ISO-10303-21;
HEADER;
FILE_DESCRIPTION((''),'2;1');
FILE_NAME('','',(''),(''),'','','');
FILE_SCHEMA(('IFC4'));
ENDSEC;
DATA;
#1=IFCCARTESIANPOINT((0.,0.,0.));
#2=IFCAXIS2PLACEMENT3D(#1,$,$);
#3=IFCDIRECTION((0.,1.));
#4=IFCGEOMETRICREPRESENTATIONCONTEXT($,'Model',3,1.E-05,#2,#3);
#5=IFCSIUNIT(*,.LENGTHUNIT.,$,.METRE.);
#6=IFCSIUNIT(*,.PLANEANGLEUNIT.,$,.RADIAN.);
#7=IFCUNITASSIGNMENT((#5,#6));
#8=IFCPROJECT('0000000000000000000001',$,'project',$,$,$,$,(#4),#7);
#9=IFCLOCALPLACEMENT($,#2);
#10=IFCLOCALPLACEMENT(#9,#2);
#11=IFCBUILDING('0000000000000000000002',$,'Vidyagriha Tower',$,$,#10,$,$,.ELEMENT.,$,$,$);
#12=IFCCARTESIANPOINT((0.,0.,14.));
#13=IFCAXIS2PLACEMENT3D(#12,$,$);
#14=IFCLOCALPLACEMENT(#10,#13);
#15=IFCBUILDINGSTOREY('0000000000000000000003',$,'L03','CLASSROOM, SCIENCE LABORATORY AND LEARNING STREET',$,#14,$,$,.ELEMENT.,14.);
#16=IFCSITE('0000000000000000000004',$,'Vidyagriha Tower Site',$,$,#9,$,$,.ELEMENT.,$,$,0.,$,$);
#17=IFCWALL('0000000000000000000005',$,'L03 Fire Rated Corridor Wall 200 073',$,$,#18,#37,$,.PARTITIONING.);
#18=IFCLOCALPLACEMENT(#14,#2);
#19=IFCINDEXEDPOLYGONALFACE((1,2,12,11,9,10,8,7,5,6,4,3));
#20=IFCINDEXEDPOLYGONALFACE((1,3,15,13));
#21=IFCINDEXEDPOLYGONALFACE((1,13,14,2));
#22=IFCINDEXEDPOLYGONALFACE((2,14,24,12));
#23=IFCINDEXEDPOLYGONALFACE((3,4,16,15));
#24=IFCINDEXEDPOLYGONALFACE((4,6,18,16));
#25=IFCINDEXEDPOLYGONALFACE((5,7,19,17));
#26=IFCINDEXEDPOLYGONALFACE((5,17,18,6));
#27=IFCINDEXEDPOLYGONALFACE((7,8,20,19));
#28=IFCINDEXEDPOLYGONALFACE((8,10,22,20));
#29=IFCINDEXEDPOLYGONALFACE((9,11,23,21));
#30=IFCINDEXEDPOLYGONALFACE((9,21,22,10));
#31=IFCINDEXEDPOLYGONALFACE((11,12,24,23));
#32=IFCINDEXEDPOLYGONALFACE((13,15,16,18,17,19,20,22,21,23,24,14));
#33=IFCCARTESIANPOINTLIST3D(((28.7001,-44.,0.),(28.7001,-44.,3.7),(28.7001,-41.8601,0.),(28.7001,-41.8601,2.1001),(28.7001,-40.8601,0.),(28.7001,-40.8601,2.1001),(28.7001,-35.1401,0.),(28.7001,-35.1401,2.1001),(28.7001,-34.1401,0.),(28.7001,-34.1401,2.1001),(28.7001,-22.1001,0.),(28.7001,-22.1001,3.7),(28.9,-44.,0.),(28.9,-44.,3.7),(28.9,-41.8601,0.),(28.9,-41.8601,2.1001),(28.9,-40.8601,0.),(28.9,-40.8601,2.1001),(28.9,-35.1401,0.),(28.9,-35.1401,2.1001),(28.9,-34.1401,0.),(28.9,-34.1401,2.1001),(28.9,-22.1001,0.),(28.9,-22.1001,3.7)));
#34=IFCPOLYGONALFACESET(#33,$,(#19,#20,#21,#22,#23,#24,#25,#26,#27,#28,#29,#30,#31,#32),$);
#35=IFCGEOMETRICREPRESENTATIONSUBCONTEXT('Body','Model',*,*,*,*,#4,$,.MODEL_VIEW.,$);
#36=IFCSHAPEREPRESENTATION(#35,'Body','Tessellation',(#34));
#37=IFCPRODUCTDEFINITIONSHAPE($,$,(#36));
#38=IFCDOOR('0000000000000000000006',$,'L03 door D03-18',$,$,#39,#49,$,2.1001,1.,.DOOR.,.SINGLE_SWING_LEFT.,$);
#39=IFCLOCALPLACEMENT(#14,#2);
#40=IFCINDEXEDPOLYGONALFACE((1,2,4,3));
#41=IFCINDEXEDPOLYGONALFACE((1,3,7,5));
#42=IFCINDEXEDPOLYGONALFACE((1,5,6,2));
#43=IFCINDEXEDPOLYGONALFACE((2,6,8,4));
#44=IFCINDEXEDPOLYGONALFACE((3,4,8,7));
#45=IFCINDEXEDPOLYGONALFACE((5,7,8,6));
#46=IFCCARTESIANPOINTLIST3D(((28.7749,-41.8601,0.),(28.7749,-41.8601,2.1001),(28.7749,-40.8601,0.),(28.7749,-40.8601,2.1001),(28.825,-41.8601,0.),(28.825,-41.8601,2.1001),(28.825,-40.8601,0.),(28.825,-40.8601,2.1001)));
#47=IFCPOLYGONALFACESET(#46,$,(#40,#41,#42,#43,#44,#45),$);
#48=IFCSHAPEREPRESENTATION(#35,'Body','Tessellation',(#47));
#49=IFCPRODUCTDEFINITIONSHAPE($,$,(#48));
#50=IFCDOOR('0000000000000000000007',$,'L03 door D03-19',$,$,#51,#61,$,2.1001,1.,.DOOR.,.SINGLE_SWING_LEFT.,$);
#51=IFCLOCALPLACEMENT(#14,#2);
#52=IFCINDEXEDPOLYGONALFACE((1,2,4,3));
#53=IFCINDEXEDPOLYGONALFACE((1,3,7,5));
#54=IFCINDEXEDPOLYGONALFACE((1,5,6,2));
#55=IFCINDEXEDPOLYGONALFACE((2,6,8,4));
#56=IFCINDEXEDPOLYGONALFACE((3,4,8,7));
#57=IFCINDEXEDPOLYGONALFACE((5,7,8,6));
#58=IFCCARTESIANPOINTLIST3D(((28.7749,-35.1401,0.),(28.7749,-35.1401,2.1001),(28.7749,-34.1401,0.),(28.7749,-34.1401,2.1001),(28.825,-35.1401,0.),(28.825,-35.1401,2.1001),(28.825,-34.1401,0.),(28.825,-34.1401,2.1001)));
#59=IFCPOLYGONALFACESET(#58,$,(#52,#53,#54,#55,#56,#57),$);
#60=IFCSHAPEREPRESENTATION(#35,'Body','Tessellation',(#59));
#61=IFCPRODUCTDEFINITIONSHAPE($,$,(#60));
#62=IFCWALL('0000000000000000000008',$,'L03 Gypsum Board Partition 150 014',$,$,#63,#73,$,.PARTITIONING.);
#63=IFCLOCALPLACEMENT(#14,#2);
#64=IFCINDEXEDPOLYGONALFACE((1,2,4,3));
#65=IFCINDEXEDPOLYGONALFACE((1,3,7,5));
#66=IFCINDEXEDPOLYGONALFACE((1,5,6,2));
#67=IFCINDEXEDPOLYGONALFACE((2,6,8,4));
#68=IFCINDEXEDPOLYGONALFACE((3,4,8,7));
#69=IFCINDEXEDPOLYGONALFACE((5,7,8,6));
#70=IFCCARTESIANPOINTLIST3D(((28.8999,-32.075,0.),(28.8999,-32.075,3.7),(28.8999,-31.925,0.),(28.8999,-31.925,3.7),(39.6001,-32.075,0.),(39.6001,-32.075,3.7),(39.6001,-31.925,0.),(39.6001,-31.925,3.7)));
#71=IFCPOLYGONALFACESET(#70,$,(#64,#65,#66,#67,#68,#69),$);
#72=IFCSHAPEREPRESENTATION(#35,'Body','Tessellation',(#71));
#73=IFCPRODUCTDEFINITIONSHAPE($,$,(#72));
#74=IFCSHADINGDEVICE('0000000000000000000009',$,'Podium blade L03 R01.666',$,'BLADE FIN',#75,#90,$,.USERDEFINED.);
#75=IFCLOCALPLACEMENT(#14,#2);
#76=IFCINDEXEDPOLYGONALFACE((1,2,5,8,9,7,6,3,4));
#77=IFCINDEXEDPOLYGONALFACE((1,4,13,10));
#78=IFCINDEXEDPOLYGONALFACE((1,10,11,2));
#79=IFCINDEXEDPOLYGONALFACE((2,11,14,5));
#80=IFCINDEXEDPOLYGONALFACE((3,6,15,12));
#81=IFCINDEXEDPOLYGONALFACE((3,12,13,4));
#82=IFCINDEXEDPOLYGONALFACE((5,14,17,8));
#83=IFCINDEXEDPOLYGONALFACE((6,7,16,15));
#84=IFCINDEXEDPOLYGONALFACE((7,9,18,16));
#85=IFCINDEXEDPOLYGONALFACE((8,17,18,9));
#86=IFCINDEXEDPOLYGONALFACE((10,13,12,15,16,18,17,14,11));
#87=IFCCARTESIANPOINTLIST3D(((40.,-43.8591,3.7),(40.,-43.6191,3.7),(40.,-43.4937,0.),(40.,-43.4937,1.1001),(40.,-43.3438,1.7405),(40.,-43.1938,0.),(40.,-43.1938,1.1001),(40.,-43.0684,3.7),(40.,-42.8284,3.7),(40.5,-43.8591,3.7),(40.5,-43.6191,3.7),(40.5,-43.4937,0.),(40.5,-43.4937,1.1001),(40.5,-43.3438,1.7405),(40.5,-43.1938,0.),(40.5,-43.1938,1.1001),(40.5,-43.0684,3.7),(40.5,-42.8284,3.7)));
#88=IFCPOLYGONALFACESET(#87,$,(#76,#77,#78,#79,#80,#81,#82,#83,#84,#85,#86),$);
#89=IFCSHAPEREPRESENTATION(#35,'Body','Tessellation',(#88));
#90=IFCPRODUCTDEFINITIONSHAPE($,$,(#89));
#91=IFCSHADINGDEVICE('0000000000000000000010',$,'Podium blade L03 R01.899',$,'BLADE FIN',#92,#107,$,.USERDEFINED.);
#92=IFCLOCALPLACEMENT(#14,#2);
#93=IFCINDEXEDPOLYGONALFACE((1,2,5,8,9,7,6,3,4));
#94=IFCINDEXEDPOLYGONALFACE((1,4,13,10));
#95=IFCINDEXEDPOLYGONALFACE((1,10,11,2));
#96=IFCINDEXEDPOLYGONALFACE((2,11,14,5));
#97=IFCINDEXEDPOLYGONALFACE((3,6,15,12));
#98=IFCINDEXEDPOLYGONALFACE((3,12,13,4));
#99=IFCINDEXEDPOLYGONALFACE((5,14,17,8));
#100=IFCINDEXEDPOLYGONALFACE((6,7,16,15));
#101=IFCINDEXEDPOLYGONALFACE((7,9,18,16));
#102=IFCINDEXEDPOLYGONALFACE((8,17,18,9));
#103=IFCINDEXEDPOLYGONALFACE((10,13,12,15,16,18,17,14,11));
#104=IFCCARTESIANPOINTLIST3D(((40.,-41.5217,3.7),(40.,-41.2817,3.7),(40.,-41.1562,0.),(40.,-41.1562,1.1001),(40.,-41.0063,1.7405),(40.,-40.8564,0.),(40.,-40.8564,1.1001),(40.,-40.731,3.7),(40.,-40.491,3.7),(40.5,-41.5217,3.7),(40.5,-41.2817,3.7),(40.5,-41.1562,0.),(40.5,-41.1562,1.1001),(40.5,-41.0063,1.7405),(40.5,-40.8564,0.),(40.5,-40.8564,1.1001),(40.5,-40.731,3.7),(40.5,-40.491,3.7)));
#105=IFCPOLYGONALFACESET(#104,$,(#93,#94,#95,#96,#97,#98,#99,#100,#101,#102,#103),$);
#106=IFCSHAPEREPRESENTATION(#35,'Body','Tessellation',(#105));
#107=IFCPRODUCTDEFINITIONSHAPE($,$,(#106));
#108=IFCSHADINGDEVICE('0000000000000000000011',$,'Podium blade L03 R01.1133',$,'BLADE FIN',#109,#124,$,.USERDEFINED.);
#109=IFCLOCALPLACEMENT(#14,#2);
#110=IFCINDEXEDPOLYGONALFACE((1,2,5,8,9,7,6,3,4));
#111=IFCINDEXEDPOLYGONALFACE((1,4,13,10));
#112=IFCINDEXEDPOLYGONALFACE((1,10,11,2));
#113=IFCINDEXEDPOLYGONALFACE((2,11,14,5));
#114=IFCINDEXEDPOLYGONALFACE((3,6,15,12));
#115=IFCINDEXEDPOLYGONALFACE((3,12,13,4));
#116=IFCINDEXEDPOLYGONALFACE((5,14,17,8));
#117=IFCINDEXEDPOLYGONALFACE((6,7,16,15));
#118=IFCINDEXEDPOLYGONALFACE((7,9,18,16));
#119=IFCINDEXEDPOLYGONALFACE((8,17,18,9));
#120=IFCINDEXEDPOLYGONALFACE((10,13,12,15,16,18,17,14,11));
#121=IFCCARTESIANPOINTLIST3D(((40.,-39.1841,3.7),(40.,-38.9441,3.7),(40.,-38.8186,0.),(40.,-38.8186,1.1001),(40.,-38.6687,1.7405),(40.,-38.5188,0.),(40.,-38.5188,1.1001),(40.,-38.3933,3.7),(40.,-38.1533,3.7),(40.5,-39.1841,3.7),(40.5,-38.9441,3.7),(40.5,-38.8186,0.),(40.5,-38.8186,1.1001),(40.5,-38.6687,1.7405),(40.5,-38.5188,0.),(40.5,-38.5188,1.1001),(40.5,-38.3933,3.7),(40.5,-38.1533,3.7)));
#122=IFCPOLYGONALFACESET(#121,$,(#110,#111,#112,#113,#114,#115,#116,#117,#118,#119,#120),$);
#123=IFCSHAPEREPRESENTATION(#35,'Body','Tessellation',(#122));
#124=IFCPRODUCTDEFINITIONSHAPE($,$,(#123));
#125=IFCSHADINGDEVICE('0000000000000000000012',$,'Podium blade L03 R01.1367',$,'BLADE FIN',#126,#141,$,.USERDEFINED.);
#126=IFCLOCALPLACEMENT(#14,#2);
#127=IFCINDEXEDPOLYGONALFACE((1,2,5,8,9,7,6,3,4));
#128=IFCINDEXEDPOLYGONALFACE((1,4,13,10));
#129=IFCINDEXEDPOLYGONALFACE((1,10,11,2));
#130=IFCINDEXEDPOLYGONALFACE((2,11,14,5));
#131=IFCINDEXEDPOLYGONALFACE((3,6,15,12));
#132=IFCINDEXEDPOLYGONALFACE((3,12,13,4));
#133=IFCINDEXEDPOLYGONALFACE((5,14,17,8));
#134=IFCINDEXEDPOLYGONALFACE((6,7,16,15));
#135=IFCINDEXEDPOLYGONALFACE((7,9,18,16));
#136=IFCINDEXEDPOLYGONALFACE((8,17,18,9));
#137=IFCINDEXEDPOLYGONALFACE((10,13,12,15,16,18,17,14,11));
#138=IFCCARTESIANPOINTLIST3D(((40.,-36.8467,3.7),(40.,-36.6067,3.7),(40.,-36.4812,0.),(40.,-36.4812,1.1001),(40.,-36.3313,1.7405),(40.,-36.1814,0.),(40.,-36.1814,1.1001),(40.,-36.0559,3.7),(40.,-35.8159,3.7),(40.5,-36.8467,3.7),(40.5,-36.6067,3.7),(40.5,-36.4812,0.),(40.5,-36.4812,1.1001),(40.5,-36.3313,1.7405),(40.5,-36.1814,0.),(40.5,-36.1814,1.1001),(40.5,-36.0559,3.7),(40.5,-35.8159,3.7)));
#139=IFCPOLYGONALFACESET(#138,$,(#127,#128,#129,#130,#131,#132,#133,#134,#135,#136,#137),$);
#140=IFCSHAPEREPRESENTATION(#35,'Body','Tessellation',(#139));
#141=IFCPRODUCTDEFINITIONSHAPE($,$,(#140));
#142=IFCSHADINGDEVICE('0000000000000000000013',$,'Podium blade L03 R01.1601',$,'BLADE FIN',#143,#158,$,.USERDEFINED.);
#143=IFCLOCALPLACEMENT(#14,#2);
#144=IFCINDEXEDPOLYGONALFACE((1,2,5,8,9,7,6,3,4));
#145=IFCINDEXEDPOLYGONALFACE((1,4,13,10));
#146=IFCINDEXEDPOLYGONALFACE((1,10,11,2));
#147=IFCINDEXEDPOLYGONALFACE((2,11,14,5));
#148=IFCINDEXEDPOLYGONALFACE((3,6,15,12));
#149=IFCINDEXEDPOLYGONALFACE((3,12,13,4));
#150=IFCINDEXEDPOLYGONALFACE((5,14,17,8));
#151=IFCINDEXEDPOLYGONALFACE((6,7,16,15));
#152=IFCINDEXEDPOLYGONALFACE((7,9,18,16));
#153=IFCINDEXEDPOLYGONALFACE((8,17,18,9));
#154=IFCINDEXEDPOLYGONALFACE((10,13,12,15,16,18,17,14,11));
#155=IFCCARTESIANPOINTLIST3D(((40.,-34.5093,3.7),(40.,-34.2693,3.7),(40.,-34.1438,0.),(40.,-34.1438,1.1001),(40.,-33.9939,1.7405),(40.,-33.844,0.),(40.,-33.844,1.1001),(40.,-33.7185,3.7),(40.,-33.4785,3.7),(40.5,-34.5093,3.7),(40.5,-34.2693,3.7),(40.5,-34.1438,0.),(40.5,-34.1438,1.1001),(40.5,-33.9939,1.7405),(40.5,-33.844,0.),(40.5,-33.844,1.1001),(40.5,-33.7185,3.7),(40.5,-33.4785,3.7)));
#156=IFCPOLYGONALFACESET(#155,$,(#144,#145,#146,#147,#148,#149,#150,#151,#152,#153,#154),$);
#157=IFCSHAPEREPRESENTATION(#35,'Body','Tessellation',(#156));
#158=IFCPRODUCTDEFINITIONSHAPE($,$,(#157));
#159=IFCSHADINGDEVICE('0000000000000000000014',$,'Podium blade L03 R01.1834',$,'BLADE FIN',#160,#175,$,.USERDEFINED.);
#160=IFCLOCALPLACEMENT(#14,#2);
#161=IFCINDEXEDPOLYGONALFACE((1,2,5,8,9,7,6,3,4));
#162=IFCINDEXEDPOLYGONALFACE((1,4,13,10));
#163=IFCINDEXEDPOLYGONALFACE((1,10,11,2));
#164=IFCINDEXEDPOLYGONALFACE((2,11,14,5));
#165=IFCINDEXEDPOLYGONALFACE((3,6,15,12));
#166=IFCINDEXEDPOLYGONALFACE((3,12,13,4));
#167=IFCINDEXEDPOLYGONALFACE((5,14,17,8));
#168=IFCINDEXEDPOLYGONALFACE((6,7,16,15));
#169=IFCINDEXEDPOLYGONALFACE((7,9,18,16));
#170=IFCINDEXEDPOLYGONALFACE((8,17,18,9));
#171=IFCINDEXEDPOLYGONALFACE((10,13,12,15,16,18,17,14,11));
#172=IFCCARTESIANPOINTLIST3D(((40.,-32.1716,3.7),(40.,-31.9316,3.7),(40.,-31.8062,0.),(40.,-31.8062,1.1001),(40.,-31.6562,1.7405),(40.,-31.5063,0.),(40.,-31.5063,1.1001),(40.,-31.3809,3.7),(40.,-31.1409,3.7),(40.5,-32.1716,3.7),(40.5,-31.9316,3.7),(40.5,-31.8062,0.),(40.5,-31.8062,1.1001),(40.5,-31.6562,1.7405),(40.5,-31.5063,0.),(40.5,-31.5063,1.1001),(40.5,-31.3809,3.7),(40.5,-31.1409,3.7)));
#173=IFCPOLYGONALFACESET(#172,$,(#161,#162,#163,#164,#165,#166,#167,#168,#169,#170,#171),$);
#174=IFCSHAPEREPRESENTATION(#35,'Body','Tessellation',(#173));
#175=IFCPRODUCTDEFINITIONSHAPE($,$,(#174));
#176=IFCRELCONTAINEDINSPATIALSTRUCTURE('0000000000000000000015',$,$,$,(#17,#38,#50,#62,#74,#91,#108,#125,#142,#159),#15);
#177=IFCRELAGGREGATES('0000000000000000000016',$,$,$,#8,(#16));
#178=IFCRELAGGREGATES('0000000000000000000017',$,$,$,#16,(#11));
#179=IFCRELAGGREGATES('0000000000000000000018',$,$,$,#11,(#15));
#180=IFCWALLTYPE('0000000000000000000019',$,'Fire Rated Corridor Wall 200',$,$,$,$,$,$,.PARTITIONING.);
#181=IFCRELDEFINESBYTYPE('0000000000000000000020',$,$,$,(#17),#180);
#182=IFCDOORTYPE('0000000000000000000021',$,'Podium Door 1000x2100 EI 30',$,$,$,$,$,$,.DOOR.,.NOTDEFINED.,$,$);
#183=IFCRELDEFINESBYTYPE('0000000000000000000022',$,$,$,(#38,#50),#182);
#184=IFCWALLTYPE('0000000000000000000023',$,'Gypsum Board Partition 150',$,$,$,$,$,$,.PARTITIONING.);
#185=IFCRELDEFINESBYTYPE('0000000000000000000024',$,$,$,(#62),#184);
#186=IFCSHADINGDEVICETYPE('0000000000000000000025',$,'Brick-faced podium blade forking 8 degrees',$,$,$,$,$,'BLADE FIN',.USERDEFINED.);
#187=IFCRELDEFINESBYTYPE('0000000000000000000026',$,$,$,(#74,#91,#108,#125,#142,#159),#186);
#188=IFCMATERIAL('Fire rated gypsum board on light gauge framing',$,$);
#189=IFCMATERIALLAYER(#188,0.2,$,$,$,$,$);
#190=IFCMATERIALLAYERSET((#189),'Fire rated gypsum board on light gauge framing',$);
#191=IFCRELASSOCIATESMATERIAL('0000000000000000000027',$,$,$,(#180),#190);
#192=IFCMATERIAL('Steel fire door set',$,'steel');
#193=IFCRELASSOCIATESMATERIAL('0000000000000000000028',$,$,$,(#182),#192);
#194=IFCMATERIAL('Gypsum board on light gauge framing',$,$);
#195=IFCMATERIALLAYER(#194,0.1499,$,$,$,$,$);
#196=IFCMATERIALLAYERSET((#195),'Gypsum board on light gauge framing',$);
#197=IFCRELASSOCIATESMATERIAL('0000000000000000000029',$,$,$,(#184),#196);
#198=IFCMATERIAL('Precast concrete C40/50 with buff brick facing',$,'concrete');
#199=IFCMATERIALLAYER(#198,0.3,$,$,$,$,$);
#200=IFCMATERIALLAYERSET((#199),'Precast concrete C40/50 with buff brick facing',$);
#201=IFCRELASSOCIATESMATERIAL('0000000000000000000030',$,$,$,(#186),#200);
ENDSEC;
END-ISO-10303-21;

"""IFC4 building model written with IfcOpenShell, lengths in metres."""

from ifc_helpers import new_model, si_unit, direction, frame, frame_2d, origin, place, context, subcontext, project, spatial, polyline, rectangle, outline, extrude, material, layer, layer_set, type_object, element, fill, save


model = new_model("IFC4")

# Units and contexts
model_context = context("Model", 3, precision=1e-05, world=origin(), true_north=direction((0.0, 1.0)))
body_context = subcontext(model_context, "Body", "Model", "MODEL_VIEW")
ifc_project = project(units=[si_unit("LENGTHUNIT", "METRE"), si_unit("PLANEANGLEUNIT", "RADIAN")], contexts=[model_context])

# Site, building, storey
site_placement = place(None, origin())
site = spatial("IfcSite", under=ifc_project, at=site_placement, Name="Vidyagriha Tower Site", CompositionType="ELEMENT", RefElevation=0.0)
building_placement = place(site_placement, origin())
building = spatial("IfcBuilding", under=site, at=building_placement, Name="Vidyagriha Tower", CompositionType="ELEMENT")
storey_placement = place(building_placement, frame((0.0, 0.0, 14.0)))
storey = spatial("IfcBuildingStorey", under=building, at=storey_placement, Name="L03", Description="CLASSROOM, SCIENCE LABORATORY AND LEARNING STREET", CompositionType="ELEMENT", Elevation=14.0)

# Shared definitions
ifc_material_1 = material(Name="Fire rated gypsum board on light gauge framing")
ifc_layer_1 = layer(ifc_material_1, 0.2)
ifc_layer_set_1 = layer_set([ifc_layer_1], Name="Fire rated gypsum board on light gauge framing")
wall_type_1 = type_object("IfcWallType", Name="Fire Rated Corridor Wall 200", PredefinedType="PARTITIONING", material=ifc_layer_set_1)

# Wall, openings, doors
wall_1_placement = place(storey_placement, frame((28.8, -44.0, 0.0), z_axis=(0.0, 0.0, 1.0), x_axis=(0.0, 1.0, 0.0)))
wall_1 = element("IfcWall", 1, at=wall_1_placement, inside=storey, type_object=wall_type_1, Name="L03 Fire Rated Corridor Wall 200 073", PredefinedType="PARTITIONING", context=body_context, shape_type="SweptSolid", body=[
    extrude(rectangle(XDim=21.8999, YDim=0.2, at=frame_2d((10.95, 0.0))), origin(), (0.0, 0.0, 1.0), 3.7),
])
opening_1_placement = place(wall_1_placement, frame((2.1399, 0.0, 0.0)))
opening_1 = element("IfcOpeningElement", 2, at=opening_1_placement, cuts=wall_1, PredefinedType="OPENING", context=body_context, shape_type="SweptSolid", body=[
    extrude(rectangle(XDim=1.0, YDim=2.1001, at=frame_2d((0.5, 1.05))), frame((0.0, 0.1099, 0.0), z_axis=(0.0, -1.0, 0.0), x_axis=(1.0, 0.0, 0.0)), (0.0, 0.0, 1.0), 0.22),
])
opening_2_placement = place(wall_1_placement, frame((8.8599, 0.0, 0.0)))
opening_2 = element("IfcOpeningElement", 3, at=opening_2_placement, cuts=wall_1, PredefinedType="OPENING", context=body_context, shape_type="SweptSolid", body=[
    extrude(rectangle(XDim=1.0, YDim=2.1001, at=frame_2d((0.5, 1.05))), frame((0.0, 0.1099, 0.0), z_axis=(0.0, -1.0, 0.0), x_axis=(1.0, 0.0, 0.0)), (0.0, 0.0, 1.0), 0.22),
])
ifc_material_2 = material(Name="Steel fire door set", Category="steel")
door_type = type_object("IfcDoorType", Name="Podium Door 1000x2100 EI 30", OperationType="NOTDEFINED", PredefinedType="DOOR", material=ifc_material_2)
door_1_placement = place(opening_1_placement, frame((1.0, 0.0, 0.0), z_axis=(0.0, 0.0, 1.0), x_axis=(-1.0, 0.0, 0.0)))
door_1 = element("IfcDoor", 4, at=door_1_placement, inside=storey, type_object=door_type, Name="L03 door D03-18", OperationType="SINGLE_SWING_LEFT", OverallHeight=2.1001, OverallWidth=1.0, PredefinedType="DOOR", context=body_context, shape_type="SweptSolid", body=[
    extrude(rectangle(XDim=1.0, YDim=2.1001, at=frame_2d((0.5, 1.05))), frame((0.0, 0.0249, 0.0), z_axis=(0.0, -1.0, 0.0), x_axis=(1.0, 0.0, 0.0)), (0.0, 0.0, 1.0), 0.05),
])
fill(opening_1, door_1)
door_2_placement = place(opening_2_placement, frame((1.0, 0.0, 0.0), z_axis=(0.0, 0.0, 1.0), x_axis=(-1.0, 0.0, 0.0)))
door_2 = element("IfcDoor", 5, at=door_2_placement, inside=storey, type_object=door_type, Name="L03 door D03-19", OperationType="SINGLE_SWING_LEFT", OverallHeight=2.1001, OverallWidth=1.0, PredefinedType="DOOR", context=body_context, shape_type="SweptSolid", body=[
    extrude(rectangle(XDim=1.0, YDim=2.1001, at=frame_2d((0.5, 1.05))), frame((0.0, 0.0249, 0.0), z_axis=(0.0, -1.0, 0.0), x_axis=(1.0, 0.0, 0.0)), (0.0, 0.0, 1.0), 0.05),
])
fill(opening_2, door_2)

# Wall
ifc_material_3 = material(Name="Gypsum board on light gauge framing")
ifc_layer_2 = layer(ifc_material_3, 0.1499)
ifc_layer_set_2 = layer_set([ifc_layer_2], Name="Gypsum board on light gauge framing")
wall_type_2 = type_object("IfcWallType", Name="Gypsum Board Partition 150", PredefinedType="PARTITIONING", material=ifc_layer_set_2)
wall_2_placement = place(storey_placement, frame((28.8999, -32.0, 0.0)))
element("IfcWall", 6, at=wall_2_placement, inside=storey, type_object=wall_type_2, Name="L03 Gypsum Board Partition 150 014", PredefinedType="PARTITIONING", context=body_context, shape_type="SweptSolid", body=[
    extrude(rectangle(XDim=10.7002, YDim=0.1499, at=frame_2d((5.3501, 0.0))), origin(), (0.0, 0.0, 1.0), 3.7),
])

# Shading devices
ifc_material_4 = material(Name="Precast concrete C40/50 with buff brick facing", Category="concrete")
ifc_layer_3 = layer(ifc_material_4, 0.3)
ifc_layer_set_3 = layer_set([ifc_layer_3], Name="Precast concrete C40/50 with buff brick facing")
shading_device_type = type_object("IfcShadingDeviceType", Name="Brick-faced podium blade forking 8 degrees", ElementType="BLADE FIN", PredefinedType="USERDEFINED", material=ifc_layer_set_3)
for number, where, z_axis, x_axis, name in (
    (7, (40.25, -43.8591, 0.0), (0.0, 0.0, 1.0), (0.0, 1.0, 0.0), "Podium blade L03 R01.666"),
    (8, (40.25, -41.5217, 0.0), (0.0, 0.0, 1.0), (0.0, 1.0, 0.0), "Podium blade L03 R01.899"),
    (9, (40.25, -39.1841, 0.0), (0.0, 0.0, 1.0), (0.0, 1.0, 0.0), "Podium blade L03 R01.1133"),
    (10, (40.25, -36.8467, 0.0), (0.0, 0.0, 1.0), (0.0, 1.0, 0.0), "Podium blade L03 R01.1367"),
    (11, (40.25, -34.5093, 0.0), (0.0, 0.0, 1.0), (0.0, 1.0, 0.0), "Podium blade L03 R01.1601"),
    (12, (40.25, -32.1716, 0.0), (0.0, 0.0, 1.0), (0.0, 1.0, 0.0), "Podium blade L03 R01.1834"),
):
    element("IfcShadingDevice", number, at=place(storey_placement, frame(where, z_axis=z_axis, x_axis=x_axis)), inside=storey, type_object=shading_device_type, Name=name, ObjectType="BLADE FIN", PredefinedType="USERDEFINED", context=body_context, shape_type="SweptSolid", body=[
        extrude(outline(polyline([(0.6653, 0.0), (0.6653, 1.1001), (1.0308, 3.7), (0.7908, 3.7), (0.5154, 1.7405), (0.24, 3.7), (0.0, 3.7), (0.3655, 1.1001), (0.3655, 0.0), (0.6653, 0.0)])), frame((0.0, 0.25, 0.0), z_axis=(0.0, -1.0, 0.0), x_axis=(1.0, 0.0, 0.0)), (0.0, 0.0, 1.0), 0.5),
    ])

save(model, "model.ifc")
